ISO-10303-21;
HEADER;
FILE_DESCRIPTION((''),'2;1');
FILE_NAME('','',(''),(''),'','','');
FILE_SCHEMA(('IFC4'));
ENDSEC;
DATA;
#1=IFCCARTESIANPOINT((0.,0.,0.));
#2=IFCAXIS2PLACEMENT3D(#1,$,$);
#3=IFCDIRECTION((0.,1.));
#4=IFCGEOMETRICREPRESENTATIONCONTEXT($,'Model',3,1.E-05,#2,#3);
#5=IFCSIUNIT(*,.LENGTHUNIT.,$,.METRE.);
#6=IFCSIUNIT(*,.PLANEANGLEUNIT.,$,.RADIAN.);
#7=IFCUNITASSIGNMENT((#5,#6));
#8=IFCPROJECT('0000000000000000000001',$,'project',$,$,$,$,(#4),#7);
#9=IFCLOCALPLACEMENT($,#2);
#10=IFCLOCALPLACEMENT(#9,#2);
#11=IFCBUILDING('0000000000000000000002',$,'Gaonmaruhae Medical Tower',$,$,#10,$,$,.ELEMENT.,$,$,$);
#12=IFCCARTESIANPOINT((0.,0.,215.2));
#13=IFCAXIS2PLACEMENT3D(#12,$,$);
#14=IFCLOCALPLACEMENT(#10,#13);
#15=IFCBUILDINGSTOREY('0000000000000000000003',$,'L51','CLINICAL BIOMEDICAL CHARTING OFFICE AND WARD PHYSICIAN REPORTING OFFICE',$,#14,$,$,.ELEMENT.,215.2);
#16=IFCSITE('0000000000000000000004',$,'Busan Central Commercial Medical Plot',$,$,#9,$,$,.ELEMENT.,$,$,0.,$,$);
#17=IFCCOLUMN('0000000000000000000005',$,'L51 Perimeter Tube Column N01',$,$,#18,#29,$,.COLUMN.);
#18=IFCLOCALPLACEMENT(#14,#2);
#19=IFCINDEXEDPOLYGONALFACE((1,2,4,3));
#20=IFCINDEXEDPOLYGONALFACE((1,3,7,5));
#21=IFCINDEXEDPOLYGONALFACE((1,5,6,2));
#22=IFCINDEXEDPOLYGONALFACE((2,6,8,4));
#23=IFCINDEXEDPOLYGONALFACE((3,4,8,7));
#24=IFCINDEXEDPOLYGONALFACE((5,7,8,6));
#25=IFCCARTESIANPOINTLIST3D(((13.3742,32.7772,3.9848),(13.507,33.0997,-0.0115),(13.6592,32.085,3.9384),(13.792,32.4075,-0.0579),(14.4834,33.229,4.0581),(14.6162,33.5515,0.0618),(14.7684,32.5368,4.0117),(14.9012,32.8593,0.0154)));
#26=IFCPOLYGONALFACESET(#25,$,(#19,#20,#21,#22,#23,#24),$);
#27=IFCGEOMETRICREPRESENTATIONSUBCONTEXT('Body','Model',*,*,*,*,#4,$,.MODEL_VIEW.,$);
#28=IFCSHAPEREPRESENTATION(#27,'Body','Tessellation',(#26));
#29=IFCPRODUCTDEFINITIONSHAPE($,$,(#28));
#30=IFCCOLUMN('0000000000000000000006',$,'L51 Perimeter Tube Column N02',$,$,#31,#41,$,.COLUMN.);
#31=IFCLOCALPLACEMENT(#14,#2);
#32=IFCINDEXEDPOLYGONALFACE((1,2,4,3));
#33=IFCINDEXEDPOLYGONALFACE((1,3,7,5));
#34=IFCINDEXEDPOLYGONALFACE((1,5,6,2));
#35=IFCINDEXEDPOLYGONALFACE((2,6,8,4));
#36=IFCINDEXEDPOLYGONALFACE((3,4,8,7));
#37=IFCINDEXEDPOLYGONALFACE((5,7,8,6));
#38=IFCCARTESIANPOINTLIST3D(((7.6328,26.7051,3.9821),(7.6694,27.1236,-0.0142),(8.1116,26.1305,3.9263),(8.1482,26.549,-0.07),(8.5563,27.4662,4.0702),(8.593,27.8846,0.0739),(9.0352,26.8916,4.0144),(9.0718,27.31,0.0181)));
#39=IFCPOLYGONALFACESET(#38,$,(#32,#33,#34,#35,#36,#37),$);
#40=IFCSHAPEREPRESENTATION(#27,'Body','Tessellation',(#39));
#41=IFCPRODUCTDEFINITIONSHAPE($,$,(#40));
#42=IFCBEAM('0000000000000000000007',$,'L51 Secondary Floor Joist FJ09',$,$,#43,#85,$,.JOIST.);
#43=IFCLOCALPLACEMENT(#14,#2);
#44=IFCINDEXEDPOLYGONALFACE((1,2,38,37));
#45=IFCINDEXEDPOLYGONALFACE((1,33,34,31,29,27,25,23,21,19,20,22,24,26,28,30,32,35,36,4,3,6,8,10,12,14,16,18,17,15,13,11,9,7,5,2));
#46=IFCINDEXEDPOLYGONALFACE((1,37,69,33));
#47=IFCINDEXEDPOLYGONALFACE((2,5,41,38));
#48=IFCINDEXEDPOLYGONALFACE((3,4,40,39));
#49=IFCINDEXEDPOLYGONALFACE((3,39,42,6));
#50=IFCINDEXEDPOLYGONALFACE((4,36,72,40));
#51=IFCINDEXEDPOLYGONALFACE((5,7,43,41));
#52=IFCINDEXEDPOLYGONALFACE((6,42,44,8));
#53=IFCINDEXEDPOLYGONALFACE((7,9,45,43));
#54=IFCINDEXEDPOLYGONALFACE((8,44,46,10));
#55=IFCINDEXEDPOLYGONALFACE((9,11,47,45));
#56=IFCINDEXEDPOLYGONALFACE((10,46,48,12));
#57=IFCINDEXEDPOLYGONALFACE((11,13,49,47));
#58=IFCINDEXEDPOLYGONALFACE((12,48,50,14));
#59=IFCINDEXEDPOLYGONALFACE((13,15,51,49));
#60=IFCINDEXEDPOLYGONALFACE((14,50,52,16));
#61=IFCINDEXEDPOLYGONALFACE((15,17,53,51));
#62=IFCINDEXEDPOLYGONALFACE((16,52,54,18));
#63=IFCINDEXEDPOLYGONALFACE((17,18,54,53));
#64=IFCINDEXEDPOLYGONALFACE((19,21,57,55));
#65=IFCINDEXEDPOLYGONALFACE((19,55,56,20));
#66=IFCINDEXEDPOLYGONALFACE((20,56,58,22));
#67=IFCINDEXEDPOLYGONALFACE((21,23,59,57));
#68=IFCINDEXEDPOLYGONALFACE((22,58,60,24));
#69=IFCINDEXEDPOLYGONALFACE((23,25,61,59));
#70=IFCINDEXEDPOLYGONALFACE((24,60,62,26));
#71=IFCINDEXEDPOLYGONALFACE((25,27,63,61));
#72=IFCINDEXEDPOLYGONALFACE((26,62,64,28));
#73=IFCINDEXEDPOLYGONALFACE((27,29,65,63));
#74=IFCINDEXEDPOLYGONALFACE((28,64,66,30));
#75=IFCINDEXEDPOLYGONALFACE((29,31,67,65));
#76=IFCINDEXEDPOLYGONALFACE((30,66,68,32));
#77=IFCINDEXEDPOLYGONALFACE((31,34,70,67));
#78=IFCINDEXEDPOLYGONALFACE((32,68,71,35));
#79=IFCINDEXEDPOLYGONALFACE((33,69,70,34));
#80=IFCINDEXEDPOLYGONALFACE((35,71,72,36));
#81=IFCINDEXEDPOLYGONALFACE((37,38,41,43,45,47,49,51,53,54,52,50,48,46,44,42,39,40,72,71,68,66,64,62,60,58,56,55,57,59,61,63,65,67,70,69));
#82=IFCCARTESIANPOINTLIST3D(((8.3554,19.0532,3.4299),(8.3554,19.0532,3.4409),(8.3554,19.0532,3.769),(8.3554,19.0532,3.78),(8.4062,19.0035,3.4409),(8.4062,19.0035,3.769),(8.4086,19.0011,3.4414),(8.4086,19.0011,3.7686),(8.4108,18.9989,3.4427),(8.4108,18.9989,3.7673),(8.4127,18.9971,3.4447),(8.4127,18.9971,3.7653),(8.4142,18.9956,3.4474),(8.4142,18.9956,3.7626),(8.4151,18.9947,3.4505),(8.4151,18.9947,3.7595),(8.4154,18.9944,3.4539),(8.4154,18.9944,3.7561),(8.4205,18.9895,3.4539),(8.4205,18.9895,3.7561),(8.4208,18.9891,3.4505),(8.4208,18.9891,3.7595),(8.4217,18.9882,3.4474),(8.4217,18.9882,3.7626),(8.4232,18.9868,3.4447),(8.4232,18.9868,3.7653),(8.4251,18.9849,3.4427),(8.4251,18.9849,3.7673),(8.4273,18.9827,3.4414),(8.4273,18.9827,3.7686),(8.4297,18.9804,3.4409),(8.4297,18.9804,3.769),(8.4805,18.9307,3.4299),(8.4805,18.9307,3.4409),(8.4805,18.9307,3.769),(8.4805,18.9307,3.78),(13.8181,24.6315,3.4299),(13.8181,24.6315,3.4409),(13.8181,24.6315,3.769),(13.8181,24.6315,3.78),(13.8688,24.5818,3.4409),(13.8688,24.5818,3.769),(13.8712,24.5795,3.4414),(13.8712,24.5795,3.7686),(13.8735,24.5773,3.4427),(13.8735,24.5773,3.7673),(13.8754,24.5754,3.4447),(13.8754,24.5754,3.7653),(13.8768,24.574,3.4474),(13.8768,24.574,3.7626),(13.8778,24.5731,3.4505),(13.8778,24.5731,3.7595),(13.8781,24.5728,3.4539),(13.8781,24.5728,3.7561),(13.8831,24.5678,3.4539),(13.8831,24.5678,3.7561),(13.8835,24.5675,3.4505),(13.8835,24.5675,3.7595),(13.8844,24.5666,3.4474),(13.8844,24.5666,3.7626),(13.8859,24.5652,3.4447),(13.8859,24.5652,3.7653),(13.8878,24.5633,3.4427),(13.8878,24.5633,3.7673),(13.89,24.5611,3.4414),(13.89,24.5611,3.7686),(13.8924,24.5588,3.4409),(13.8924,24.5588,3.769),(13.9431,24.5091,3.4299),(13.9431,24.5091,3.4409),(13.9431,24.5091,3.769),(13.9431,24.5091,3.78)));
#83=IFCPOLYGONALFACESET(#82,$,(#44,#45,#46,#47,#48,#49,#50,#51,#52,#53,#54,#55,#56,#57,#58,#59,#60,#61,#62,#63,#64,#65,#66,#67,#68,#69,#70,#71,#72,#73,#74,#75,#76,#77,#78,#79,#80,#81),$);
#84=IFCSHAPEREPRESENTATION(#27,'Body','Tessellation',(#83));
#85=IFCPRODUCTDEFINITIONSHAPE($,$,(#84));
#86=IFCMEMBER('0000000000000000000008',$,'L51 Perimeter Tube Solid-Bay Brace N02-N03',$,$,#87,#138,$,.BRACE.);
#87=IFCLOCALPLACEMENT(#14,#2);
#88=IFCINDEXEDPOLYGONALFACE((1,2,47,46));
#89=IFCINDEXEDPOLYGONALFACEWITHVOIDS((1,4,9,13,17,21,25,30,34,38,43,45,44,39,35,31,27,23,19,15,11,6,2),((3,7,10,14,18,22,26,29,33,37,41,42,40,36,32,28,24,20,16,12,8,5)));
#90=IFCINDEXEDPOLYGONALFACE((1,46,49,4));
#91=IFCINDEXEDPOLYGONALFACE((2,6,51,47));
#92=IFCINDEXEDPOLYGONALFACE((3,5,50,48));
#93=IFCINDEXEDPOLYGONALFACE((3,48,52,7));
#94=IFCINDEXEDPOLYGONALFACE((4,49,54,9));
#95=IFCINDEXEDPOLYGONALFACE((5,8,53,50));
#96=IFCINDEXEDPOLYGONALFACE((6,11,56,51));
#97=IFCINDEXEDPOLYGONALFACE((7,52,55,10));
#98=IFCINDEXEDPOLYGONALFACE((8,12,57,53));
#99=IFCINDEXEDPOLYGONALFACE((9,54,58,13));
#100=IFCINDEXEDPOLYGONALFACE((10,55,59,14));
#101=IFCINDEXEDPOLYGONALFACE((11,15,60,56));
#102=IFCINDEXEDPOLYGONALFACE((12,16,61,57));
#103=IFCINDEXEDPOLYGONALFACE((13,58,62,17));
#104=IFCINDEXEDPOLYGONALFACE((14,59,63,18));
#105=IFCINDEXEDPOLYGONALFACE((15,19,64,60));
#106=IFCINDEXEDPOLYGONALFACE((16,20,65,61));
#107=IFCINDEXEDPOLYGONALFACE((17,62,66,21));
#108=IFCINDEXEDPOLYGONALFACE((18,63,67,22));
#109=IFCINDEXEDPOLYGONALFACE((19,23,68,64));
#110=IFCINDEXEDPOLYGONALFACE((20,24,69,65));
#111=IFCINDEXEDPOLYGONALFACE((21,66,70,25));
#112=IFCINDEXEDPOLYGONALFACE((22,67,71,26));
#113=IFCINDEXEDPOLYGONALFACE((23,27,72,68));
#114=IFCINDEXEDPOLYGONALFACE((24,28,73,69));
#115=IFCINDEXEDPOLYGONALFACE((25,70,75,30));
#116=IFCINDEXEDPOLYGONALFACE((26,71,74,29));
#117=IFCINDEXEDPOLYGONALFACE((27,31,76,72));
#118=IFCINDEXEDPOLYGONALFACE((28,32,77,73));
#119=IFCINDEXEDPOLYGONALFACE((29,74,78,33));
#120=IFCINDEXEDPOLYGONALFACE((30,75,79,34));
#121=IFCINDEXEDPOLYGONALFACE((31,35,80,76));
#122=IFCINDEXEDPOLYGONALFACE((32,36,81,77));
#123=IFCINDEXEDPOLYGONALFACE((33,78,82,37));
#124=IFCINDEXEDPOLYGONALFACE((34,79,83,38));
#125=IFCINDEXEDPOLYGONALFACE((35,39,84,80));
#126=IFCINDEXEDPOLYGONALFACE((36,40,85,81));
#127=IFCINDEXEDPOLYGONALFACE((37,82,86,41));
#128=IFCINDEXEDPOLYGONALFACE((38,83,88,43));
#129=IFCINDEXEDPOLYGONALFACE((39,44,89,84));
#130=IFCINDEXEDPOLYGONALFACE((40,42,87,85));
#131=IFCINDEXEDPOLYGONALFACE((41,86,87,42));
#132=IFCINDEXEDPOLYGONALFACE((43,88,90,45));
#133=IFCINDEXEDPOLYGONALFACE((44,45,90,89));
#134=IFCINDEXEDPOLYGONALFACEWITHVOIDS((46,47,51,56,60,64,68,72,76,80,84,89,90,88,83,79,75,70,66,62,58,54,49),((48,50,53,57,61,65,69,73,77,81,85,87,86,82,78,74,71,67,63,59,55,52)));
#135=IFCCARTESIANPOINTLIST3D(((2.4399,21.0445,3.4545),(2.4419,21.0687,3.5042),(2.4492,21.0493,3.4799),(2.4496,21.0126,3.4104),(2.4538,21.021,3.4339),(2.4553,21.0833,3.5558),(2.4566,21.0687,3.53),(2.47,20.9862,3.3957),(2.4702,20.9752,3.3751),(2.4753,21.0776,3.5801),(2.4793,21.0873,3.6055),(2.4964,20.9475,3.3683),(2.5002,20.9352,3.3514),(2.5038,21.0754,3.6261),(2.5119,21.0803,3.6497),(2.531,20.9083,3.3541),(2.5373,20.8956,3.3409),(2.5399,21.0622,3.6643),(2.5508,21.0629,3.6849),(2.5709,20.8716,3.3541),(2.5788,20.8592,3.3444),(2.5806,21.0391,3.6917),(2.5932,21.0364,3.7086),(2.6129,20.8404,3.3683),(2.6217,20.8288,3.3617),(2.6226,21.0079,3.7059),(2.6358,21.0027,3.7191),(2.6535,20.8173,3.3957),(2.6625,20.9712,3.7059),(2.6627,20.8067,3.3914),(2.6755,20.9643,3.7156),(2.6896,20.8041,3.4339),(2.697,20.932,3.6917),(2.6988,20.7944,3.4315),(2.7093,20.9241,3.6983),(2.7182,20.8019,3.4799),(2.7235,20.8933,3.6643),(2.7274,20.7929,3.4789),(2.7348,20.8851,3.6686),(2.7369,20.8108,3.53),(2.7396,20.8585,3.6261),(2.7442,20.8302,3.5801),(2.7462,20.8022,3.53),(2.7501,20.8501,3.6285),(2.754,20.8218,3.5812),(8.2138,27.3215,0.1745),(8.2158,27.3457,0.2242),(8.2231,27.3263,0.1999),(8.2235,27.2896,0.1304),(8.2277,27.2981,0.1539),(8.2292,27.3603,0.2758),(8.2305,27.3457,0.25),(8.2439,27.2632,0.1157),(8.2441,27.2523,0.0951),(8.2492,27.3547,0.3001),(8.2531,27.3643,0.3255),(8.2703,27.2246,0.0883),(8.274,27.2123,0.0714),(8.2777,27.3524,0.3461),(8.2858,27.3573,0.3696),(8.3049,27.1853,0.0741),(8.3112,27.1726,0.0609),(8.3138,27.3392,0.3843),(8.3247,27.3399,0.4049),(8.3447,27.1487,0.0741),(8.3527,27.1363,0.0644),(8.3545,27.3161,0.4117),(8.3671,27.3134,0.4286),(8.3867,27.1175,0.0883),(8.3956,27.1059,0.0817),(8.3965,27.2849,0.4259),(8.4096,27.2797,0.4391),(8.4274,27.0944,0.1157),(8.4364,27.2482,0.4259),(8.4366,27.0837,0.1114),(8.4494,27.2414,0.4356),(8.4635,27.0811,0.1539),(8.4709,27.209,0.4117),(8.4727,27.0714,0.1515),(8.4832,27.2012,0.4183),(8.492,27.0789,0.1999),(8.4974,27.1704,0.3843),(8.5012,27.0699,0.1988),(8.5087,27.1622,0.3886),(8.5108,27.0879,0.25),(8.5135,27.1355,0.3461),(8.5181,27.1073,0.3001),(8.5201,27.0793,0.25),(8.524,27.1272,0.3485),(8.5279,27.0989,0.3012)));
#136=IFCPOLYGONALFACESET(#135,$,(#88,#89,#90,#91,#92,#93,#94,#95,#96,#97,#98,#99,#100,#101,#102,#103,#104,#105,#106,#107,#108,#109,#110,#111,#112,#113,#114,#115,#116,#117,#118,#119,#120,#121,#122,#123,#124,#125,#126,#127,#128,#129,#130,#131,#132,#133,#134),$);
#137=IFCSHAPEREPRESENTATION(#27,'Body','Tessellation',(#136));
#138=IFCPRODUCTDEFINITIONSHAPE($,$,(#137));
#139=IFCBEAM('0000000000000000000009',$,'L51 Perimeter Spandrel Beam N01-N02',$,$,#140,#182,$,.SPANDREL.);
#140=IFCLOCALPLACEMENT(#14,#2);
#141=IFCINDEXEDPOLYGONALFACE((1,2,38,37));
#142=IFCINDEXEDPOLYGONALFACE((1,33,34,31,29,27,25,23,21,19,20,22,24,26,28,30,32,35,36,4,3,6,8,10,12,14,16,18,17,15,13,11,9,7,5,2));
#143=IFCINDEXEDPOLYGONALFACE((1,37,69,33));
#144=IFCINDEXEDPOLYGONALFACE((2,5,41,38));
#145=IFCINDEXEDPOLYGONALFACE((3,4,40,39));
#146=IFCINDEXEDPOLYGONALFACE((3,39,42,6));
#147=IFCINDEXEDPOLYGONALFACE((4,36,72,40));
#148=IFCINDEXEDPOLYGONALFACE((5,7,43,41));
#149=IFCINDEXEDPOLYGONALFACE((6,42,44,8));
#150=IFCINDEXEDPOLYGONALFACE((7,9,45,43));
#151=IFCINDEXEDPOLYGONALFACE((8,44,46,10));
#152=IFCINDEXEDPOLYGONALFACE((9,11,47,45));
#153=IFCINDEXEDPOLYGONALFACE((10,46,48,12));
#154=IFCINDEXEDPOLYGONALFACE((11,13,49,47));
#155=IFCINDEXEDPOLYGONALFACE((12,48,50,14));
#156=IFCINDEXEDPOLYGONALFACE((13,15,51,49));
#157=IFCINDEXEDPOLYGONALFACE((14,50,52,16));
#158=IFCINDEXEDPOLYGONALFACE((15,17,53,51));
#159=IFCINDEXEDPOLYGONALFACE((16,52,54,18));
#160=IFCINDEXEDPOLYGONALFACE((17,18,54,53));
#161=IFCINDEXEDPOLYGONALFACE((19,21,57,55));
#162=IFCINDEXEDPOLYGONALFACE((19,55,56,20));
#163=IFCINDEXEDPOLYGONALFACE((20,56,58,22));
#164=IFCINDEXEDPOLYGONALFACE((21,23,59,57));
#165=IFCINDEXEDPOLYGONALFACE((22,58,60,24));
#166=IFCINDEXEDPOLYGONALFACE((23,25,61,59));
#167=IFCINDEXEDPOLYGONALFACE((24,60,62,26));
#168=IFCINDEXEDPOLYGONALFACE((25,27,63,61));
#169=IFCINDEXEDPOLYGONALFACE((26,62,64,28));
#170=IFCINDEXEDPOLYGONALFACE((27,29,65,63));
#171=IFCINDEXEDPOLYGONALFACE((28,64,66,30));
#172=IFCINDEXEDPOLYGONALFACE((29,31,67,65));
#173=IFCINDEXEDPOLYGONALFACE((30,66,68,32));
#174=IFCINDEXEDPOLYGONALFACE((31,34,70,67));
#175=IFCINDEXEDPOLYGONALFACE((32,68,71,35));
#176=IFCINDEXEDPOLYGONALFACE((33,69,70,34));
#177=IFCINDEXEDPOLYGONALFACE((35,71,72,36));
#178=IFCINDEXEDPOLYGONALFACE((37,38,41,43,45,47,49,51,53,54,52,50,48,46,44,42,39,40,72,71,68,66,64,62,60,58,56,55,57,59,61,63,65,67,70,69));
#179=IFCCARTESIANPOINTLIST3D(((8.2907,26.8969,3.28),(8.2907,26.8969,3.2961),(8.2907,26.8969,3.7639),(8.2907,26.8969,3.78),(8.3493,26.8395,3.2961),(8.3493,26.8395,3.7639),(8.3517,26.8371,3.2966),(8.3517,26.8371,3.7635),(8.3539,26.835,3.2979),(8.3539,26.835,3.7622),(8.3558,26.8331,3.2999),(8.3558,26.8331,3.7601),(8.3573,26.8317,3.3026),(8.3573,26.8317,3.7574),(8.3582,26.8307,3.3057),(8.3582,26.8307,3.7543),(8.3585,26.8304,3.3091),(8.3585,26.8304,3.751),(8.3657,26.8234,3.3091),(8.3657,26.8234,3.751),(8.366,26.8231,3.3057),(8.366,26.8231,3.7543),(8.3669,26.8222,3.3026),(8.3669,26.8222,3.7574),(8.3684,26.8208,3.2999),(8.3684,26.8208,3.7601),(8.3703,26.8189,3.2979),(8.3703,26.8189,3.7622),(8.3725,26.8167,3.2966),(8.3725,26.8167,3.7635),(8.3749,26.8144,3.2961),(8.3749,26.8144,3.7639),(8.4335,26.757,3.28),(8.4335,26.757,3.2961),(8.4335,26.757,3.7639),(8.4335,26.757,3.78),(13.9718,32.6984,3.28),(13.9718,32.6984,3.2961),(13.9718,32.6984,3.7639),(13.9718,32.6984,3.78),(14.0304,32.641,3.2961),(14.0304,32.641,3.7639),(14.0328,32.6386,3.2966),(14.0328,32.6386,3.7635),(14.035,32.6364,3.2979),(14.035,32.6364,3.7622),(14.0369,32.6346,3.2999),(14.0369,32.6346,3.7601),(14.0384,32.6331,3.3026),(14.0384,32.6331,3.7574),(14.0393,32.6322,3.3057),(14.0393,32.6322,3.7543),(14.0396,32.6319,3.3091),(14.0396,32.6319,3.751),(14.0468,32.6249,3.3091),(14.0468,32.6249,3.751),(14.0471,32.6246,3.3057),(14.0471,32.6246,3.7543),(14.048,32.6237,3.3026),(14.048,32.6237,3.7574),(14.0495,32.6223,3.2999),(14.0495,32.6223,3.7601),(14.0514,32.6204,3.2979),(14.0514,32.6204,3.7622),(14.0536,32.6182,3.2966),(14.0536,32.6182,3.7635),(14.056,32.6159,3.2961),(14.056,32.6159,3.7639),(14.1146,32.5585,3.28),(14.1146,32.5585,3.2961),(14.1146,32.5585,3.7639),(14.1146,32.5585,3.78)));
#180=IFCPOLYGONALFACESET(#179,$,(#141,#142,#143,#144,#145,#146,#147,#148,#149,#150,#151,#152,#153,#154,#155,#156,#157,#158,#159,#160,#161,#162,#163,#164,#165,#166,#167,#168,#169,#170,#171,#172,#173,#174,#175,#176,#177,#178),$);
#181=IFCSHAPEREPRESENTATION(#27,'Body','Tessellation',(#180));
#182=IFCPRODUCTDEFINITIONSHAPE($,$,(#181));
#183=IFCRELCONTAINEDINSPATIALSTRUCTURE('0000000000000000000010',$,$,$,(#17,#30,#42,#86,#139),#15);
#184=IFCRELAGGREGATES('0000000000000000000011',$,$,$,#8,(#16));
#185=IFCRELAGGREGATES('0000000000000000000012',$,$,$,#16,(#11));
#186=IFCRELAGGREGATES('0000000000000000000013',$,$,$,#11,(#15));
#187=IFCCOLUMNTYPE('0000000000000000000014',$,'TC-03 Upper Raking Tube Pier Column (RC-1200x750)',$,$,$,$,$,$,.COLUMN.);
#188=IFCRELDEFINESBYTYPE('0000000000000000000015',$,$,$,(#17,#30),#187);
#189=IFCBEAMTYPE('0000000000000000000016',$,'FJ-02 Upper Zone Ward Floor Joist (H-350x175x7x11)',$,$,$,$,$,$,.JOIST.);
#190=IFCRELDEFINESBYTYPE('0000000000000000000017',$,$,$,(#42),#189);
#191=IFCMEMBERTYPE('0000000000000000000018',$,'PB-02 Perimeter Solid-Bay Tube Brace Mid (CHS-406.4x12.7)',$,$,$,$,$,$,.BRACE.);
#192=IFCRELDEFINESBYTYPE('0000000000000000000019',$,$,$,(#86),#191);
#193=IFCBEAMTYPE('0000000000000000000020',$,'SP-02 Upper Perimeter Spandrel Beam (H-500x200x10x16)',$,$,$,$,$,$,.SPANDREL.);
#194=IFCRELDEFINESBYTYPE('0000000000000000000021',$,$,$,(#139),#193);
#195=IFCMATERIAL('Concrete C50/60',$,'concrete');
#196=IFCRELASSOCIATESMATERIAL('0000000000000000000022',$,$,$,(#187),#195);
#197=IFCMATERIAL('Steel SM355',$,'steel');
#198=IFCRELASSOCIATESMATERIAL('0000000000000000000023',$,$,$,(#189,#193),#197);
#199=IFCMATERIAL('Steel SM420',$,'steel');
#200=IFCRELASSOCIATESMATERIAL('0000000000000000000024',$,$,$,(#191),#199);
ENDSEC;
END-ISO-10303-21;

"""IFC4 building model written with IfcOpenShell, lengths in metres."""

from ifc_helpers import new_model, si_unit, direction, frame, origin, origin_2d, place, context, subcontext, project, spatial, rectangle, hollow_circle, i_section, extrude, material, material_profile, profile_set, type_object, element, save


model = new_model("IFC4")

# Units and contexts
model_context = context("Model", 3, precision=1e-05, world=origin(), true_north=direction((0.0, 1.0)))
body_context = subcontext(model_context, "Body", "Model", "MODEL_VIEW")
ifc_project = project(units=[si_unit("LENGTHUNIT", "METRE"), si_unit("PLANEANGLEUNIT", "RADIAN")], contexts=[model_context])

# Site, building, storey
site_placement = place(None, origin())
site = spatial("IfcSite", under=ifc_project, at=site_placement, Name="Busan Central Commercial Medical Plot", CompositionType="ELEMENT", RefElevation=0.0)
building_placement = place(site_placement, origin())
building = spatial("IfcBuilding", under=site, at=building_placement, Name="Gaonmaruhae Medical Tower", CompositionType="ELEMENT")
storey_placement = place(building_placement, frame((0.0, 0.0, 215.2)))
storey = spatial("IfcBuildingStorey", under=building, at=storey_placement, Name="L51", Description="CLINICAL BIOMEDICAL CHARTING OFFICE AND WARD PHYSICIAN REPORTING OFFICE", CompositionType="ELEMENT", Elevation=215.2)

# Columns
ifc_material_1 = material(Name="Concrete C50/60", Category="concrete")
ifc_material_profile_1 = material_profile(ifc_material_1, rectangle(XDim=1.2, YDim=0.75, at=origin_2d()), Name="RC-1200x750")
ifc_profile_set_1 = profile_set([ifc_material_profile_1], Name="Concrete C50/60")
column_type = type_object("IfcColumnType", Name="TC-03 Upper Raking Tube Pier Column (RC-1200x750)", PredefinedType="COLUMN", material=ifc_profile_set_1)
column_1_placement = place(storey_placement, frame((14.2041, 32.9795, 0.002), z_axis=(-0.033108, -0.080396, 0.996213), x_axis=(0.92441, 0.376473, 0.061103)))
element("IfcColumn", 1, at=column_1_placement, inside=storey, type_object=column_type, Name="L51 Perimeter Tube Column N01", PredefinedType="COLUMN", context=body_context, shape_type="SweptSolid", body=[
    extrude(rectangle(XDim=1.2, YDim=0.75, at=origin_2d()), origin(), (0.0, 0.0, 1.0), 4.0115),
])
column_2_placement = place(storey_placement, frame((8.3706, 27.2168, 0.002), z_axis=(-0.009113, -0.104136, 0.994521), x_axis=(0.769637, 0.634241, 0.073464)))
element("IfcColumn", 2, at=column_2_placement, inside=storey, type_object=column_type, Name="L51 Perimeter Tube Column N02", PredefinedType="COLUMN", context=body_context, shape_type="SweptSolid", body=[
    extrude(rectangle(XDim=1.2, YDim=0.75, at=origin_2d()), origin(), (0.0, 0.0, 1.0), 4.0183),
])

# Beam
ifc_material_2 = material(Name="Steel SM355", Category="steel")
ifc_material_profile_2 = material_profile(ifc_material_2, i_section(OverallWidth=0.175, OverallDepth=0.3501, WebThickness=0.0071, FlangeThickness=0.011, FilletRadius=0.0129, at=origin_2d()), Name="H-350x175x7x11")
ifc_profile_set_2 = profile_set([ifc_material_profile_2], Name="Steel SM355")
beam_type_1 = type_object("IfcBeamType", Name="FJ-02 Upper Zone Ward Floor Joist (H-350x175x7x11)", PredefinedType="JOIST", material=ifc_profile_set_2)
beam_placement = place(storey_placement, frame((13.8806, 24.5703, 3.605), z_axis=(-0.699657, -0.714479, 0.0), x_axis=(0.714479, -0.699657, 0.0)))
element("IfcBeam", 3, at=beam_placement, inside=storey, type_object=beam_type_1, Name="L51 Secondary Floor Joist FJ09", PredefinedType="JOIST", context=body_context, shape_type="SweptSolid", body=[
    extrude(i_section(OverallWidth=0.175, OverallDepth=0.3501, WebThickness=0.0071, FlangeThickness=0.011, FilletRadius=0.0129, at=origin_2d()), origin(), (0.0, 0.0, 1.0), 7.8076),
])

# Member
ifc_material_3 = material(Name="Steel SM420", Category="steel")
ifc_material_profile_3 = material_profile(ifc_material_3, hollow_circle(Radius=0.2031, WallThickness=0.0127, at=origin_2d()), Name="CHS-406.4x12.7")
ifc_profile_set_3 = profile_set([ifc_material_profile_3], Name="Steel SM420")
member_type = type_object("IfcMemberType", Name="PB-02 Perimeter Solid-Bay Tube Brace Mid (CHS-406.4x12.7)", PredefinedType="BRACE", material=ifc_profile_set_3)
member_placement = place(storey_placement, frame((8.3706, 27.2168, 0.25), z_axis=(-0.631875, -0.68694, 0.358953), x_axis=(0.73599, -0.676993, 0.0)))
element("IfcMember", 4, at=member_placement, inside=storey, type_object=member_type, Name="L51 Perimeter Tube Solid-Bay Brace N02-N03", PredefinedType="BRACE", context=body_context, shape_type="SweptSolid", body=[
    extrude(hollow_circle(Radius=0.2031, WallThickness=0.0127, at=origin_2d()), origin(), (0.0, 0.0, 1.0), 9.1377),
])

# Beam
ifc_material_profile_4 = material_profile(ifc_material_2, i_section(OverallWidth=0.2, OverallDepth=0.5, WebThickness=0.01, FlangeThickness=0.0161, FilletRadius=0.0129, at=origin_2d()), Name="H-500x200x10x16")
ifc_profile_set_4 = profile_set([ifc_material_profile_4], Name="Steel SM355")
beam_type_2 = type_object("IfcBeamType", Name="SP-02 Upper Perimeter Spandrel Beam (H-500x200x10x16)", PredefinedType="SPANDREL", material=ifc_profile_set_4)
for number, where, z_axis, x_axis, name in (
    (5, (14.0432, 32.6284, 3.53), (-0.699656, -0.714479, 0.0), (0.714479, -0.699656, 0.0), "L51 Perimeter Spandrel Beam N01-N02"),
):
    element("IfcBeam", number, at=place(storey_placement, frame(where, z_axis=z_axis, x_axis=x_axis)), inside=storey, type_object=beam_type_2, Name=name, PredefinedType="SPANDREL", context=body_context, shape_type="SweptSolid", body=[
        extrude(i_section(OverallWidth=0.2, OverallDepth=0.5, WebThickness=0.01, FlangeThickness=0.0161, FilletRadius=0.0129, at=origin_2d()), origin(), (0.0, 0.0, 1.0), 8.1199),
    ])

save(model, "model.ifc")
